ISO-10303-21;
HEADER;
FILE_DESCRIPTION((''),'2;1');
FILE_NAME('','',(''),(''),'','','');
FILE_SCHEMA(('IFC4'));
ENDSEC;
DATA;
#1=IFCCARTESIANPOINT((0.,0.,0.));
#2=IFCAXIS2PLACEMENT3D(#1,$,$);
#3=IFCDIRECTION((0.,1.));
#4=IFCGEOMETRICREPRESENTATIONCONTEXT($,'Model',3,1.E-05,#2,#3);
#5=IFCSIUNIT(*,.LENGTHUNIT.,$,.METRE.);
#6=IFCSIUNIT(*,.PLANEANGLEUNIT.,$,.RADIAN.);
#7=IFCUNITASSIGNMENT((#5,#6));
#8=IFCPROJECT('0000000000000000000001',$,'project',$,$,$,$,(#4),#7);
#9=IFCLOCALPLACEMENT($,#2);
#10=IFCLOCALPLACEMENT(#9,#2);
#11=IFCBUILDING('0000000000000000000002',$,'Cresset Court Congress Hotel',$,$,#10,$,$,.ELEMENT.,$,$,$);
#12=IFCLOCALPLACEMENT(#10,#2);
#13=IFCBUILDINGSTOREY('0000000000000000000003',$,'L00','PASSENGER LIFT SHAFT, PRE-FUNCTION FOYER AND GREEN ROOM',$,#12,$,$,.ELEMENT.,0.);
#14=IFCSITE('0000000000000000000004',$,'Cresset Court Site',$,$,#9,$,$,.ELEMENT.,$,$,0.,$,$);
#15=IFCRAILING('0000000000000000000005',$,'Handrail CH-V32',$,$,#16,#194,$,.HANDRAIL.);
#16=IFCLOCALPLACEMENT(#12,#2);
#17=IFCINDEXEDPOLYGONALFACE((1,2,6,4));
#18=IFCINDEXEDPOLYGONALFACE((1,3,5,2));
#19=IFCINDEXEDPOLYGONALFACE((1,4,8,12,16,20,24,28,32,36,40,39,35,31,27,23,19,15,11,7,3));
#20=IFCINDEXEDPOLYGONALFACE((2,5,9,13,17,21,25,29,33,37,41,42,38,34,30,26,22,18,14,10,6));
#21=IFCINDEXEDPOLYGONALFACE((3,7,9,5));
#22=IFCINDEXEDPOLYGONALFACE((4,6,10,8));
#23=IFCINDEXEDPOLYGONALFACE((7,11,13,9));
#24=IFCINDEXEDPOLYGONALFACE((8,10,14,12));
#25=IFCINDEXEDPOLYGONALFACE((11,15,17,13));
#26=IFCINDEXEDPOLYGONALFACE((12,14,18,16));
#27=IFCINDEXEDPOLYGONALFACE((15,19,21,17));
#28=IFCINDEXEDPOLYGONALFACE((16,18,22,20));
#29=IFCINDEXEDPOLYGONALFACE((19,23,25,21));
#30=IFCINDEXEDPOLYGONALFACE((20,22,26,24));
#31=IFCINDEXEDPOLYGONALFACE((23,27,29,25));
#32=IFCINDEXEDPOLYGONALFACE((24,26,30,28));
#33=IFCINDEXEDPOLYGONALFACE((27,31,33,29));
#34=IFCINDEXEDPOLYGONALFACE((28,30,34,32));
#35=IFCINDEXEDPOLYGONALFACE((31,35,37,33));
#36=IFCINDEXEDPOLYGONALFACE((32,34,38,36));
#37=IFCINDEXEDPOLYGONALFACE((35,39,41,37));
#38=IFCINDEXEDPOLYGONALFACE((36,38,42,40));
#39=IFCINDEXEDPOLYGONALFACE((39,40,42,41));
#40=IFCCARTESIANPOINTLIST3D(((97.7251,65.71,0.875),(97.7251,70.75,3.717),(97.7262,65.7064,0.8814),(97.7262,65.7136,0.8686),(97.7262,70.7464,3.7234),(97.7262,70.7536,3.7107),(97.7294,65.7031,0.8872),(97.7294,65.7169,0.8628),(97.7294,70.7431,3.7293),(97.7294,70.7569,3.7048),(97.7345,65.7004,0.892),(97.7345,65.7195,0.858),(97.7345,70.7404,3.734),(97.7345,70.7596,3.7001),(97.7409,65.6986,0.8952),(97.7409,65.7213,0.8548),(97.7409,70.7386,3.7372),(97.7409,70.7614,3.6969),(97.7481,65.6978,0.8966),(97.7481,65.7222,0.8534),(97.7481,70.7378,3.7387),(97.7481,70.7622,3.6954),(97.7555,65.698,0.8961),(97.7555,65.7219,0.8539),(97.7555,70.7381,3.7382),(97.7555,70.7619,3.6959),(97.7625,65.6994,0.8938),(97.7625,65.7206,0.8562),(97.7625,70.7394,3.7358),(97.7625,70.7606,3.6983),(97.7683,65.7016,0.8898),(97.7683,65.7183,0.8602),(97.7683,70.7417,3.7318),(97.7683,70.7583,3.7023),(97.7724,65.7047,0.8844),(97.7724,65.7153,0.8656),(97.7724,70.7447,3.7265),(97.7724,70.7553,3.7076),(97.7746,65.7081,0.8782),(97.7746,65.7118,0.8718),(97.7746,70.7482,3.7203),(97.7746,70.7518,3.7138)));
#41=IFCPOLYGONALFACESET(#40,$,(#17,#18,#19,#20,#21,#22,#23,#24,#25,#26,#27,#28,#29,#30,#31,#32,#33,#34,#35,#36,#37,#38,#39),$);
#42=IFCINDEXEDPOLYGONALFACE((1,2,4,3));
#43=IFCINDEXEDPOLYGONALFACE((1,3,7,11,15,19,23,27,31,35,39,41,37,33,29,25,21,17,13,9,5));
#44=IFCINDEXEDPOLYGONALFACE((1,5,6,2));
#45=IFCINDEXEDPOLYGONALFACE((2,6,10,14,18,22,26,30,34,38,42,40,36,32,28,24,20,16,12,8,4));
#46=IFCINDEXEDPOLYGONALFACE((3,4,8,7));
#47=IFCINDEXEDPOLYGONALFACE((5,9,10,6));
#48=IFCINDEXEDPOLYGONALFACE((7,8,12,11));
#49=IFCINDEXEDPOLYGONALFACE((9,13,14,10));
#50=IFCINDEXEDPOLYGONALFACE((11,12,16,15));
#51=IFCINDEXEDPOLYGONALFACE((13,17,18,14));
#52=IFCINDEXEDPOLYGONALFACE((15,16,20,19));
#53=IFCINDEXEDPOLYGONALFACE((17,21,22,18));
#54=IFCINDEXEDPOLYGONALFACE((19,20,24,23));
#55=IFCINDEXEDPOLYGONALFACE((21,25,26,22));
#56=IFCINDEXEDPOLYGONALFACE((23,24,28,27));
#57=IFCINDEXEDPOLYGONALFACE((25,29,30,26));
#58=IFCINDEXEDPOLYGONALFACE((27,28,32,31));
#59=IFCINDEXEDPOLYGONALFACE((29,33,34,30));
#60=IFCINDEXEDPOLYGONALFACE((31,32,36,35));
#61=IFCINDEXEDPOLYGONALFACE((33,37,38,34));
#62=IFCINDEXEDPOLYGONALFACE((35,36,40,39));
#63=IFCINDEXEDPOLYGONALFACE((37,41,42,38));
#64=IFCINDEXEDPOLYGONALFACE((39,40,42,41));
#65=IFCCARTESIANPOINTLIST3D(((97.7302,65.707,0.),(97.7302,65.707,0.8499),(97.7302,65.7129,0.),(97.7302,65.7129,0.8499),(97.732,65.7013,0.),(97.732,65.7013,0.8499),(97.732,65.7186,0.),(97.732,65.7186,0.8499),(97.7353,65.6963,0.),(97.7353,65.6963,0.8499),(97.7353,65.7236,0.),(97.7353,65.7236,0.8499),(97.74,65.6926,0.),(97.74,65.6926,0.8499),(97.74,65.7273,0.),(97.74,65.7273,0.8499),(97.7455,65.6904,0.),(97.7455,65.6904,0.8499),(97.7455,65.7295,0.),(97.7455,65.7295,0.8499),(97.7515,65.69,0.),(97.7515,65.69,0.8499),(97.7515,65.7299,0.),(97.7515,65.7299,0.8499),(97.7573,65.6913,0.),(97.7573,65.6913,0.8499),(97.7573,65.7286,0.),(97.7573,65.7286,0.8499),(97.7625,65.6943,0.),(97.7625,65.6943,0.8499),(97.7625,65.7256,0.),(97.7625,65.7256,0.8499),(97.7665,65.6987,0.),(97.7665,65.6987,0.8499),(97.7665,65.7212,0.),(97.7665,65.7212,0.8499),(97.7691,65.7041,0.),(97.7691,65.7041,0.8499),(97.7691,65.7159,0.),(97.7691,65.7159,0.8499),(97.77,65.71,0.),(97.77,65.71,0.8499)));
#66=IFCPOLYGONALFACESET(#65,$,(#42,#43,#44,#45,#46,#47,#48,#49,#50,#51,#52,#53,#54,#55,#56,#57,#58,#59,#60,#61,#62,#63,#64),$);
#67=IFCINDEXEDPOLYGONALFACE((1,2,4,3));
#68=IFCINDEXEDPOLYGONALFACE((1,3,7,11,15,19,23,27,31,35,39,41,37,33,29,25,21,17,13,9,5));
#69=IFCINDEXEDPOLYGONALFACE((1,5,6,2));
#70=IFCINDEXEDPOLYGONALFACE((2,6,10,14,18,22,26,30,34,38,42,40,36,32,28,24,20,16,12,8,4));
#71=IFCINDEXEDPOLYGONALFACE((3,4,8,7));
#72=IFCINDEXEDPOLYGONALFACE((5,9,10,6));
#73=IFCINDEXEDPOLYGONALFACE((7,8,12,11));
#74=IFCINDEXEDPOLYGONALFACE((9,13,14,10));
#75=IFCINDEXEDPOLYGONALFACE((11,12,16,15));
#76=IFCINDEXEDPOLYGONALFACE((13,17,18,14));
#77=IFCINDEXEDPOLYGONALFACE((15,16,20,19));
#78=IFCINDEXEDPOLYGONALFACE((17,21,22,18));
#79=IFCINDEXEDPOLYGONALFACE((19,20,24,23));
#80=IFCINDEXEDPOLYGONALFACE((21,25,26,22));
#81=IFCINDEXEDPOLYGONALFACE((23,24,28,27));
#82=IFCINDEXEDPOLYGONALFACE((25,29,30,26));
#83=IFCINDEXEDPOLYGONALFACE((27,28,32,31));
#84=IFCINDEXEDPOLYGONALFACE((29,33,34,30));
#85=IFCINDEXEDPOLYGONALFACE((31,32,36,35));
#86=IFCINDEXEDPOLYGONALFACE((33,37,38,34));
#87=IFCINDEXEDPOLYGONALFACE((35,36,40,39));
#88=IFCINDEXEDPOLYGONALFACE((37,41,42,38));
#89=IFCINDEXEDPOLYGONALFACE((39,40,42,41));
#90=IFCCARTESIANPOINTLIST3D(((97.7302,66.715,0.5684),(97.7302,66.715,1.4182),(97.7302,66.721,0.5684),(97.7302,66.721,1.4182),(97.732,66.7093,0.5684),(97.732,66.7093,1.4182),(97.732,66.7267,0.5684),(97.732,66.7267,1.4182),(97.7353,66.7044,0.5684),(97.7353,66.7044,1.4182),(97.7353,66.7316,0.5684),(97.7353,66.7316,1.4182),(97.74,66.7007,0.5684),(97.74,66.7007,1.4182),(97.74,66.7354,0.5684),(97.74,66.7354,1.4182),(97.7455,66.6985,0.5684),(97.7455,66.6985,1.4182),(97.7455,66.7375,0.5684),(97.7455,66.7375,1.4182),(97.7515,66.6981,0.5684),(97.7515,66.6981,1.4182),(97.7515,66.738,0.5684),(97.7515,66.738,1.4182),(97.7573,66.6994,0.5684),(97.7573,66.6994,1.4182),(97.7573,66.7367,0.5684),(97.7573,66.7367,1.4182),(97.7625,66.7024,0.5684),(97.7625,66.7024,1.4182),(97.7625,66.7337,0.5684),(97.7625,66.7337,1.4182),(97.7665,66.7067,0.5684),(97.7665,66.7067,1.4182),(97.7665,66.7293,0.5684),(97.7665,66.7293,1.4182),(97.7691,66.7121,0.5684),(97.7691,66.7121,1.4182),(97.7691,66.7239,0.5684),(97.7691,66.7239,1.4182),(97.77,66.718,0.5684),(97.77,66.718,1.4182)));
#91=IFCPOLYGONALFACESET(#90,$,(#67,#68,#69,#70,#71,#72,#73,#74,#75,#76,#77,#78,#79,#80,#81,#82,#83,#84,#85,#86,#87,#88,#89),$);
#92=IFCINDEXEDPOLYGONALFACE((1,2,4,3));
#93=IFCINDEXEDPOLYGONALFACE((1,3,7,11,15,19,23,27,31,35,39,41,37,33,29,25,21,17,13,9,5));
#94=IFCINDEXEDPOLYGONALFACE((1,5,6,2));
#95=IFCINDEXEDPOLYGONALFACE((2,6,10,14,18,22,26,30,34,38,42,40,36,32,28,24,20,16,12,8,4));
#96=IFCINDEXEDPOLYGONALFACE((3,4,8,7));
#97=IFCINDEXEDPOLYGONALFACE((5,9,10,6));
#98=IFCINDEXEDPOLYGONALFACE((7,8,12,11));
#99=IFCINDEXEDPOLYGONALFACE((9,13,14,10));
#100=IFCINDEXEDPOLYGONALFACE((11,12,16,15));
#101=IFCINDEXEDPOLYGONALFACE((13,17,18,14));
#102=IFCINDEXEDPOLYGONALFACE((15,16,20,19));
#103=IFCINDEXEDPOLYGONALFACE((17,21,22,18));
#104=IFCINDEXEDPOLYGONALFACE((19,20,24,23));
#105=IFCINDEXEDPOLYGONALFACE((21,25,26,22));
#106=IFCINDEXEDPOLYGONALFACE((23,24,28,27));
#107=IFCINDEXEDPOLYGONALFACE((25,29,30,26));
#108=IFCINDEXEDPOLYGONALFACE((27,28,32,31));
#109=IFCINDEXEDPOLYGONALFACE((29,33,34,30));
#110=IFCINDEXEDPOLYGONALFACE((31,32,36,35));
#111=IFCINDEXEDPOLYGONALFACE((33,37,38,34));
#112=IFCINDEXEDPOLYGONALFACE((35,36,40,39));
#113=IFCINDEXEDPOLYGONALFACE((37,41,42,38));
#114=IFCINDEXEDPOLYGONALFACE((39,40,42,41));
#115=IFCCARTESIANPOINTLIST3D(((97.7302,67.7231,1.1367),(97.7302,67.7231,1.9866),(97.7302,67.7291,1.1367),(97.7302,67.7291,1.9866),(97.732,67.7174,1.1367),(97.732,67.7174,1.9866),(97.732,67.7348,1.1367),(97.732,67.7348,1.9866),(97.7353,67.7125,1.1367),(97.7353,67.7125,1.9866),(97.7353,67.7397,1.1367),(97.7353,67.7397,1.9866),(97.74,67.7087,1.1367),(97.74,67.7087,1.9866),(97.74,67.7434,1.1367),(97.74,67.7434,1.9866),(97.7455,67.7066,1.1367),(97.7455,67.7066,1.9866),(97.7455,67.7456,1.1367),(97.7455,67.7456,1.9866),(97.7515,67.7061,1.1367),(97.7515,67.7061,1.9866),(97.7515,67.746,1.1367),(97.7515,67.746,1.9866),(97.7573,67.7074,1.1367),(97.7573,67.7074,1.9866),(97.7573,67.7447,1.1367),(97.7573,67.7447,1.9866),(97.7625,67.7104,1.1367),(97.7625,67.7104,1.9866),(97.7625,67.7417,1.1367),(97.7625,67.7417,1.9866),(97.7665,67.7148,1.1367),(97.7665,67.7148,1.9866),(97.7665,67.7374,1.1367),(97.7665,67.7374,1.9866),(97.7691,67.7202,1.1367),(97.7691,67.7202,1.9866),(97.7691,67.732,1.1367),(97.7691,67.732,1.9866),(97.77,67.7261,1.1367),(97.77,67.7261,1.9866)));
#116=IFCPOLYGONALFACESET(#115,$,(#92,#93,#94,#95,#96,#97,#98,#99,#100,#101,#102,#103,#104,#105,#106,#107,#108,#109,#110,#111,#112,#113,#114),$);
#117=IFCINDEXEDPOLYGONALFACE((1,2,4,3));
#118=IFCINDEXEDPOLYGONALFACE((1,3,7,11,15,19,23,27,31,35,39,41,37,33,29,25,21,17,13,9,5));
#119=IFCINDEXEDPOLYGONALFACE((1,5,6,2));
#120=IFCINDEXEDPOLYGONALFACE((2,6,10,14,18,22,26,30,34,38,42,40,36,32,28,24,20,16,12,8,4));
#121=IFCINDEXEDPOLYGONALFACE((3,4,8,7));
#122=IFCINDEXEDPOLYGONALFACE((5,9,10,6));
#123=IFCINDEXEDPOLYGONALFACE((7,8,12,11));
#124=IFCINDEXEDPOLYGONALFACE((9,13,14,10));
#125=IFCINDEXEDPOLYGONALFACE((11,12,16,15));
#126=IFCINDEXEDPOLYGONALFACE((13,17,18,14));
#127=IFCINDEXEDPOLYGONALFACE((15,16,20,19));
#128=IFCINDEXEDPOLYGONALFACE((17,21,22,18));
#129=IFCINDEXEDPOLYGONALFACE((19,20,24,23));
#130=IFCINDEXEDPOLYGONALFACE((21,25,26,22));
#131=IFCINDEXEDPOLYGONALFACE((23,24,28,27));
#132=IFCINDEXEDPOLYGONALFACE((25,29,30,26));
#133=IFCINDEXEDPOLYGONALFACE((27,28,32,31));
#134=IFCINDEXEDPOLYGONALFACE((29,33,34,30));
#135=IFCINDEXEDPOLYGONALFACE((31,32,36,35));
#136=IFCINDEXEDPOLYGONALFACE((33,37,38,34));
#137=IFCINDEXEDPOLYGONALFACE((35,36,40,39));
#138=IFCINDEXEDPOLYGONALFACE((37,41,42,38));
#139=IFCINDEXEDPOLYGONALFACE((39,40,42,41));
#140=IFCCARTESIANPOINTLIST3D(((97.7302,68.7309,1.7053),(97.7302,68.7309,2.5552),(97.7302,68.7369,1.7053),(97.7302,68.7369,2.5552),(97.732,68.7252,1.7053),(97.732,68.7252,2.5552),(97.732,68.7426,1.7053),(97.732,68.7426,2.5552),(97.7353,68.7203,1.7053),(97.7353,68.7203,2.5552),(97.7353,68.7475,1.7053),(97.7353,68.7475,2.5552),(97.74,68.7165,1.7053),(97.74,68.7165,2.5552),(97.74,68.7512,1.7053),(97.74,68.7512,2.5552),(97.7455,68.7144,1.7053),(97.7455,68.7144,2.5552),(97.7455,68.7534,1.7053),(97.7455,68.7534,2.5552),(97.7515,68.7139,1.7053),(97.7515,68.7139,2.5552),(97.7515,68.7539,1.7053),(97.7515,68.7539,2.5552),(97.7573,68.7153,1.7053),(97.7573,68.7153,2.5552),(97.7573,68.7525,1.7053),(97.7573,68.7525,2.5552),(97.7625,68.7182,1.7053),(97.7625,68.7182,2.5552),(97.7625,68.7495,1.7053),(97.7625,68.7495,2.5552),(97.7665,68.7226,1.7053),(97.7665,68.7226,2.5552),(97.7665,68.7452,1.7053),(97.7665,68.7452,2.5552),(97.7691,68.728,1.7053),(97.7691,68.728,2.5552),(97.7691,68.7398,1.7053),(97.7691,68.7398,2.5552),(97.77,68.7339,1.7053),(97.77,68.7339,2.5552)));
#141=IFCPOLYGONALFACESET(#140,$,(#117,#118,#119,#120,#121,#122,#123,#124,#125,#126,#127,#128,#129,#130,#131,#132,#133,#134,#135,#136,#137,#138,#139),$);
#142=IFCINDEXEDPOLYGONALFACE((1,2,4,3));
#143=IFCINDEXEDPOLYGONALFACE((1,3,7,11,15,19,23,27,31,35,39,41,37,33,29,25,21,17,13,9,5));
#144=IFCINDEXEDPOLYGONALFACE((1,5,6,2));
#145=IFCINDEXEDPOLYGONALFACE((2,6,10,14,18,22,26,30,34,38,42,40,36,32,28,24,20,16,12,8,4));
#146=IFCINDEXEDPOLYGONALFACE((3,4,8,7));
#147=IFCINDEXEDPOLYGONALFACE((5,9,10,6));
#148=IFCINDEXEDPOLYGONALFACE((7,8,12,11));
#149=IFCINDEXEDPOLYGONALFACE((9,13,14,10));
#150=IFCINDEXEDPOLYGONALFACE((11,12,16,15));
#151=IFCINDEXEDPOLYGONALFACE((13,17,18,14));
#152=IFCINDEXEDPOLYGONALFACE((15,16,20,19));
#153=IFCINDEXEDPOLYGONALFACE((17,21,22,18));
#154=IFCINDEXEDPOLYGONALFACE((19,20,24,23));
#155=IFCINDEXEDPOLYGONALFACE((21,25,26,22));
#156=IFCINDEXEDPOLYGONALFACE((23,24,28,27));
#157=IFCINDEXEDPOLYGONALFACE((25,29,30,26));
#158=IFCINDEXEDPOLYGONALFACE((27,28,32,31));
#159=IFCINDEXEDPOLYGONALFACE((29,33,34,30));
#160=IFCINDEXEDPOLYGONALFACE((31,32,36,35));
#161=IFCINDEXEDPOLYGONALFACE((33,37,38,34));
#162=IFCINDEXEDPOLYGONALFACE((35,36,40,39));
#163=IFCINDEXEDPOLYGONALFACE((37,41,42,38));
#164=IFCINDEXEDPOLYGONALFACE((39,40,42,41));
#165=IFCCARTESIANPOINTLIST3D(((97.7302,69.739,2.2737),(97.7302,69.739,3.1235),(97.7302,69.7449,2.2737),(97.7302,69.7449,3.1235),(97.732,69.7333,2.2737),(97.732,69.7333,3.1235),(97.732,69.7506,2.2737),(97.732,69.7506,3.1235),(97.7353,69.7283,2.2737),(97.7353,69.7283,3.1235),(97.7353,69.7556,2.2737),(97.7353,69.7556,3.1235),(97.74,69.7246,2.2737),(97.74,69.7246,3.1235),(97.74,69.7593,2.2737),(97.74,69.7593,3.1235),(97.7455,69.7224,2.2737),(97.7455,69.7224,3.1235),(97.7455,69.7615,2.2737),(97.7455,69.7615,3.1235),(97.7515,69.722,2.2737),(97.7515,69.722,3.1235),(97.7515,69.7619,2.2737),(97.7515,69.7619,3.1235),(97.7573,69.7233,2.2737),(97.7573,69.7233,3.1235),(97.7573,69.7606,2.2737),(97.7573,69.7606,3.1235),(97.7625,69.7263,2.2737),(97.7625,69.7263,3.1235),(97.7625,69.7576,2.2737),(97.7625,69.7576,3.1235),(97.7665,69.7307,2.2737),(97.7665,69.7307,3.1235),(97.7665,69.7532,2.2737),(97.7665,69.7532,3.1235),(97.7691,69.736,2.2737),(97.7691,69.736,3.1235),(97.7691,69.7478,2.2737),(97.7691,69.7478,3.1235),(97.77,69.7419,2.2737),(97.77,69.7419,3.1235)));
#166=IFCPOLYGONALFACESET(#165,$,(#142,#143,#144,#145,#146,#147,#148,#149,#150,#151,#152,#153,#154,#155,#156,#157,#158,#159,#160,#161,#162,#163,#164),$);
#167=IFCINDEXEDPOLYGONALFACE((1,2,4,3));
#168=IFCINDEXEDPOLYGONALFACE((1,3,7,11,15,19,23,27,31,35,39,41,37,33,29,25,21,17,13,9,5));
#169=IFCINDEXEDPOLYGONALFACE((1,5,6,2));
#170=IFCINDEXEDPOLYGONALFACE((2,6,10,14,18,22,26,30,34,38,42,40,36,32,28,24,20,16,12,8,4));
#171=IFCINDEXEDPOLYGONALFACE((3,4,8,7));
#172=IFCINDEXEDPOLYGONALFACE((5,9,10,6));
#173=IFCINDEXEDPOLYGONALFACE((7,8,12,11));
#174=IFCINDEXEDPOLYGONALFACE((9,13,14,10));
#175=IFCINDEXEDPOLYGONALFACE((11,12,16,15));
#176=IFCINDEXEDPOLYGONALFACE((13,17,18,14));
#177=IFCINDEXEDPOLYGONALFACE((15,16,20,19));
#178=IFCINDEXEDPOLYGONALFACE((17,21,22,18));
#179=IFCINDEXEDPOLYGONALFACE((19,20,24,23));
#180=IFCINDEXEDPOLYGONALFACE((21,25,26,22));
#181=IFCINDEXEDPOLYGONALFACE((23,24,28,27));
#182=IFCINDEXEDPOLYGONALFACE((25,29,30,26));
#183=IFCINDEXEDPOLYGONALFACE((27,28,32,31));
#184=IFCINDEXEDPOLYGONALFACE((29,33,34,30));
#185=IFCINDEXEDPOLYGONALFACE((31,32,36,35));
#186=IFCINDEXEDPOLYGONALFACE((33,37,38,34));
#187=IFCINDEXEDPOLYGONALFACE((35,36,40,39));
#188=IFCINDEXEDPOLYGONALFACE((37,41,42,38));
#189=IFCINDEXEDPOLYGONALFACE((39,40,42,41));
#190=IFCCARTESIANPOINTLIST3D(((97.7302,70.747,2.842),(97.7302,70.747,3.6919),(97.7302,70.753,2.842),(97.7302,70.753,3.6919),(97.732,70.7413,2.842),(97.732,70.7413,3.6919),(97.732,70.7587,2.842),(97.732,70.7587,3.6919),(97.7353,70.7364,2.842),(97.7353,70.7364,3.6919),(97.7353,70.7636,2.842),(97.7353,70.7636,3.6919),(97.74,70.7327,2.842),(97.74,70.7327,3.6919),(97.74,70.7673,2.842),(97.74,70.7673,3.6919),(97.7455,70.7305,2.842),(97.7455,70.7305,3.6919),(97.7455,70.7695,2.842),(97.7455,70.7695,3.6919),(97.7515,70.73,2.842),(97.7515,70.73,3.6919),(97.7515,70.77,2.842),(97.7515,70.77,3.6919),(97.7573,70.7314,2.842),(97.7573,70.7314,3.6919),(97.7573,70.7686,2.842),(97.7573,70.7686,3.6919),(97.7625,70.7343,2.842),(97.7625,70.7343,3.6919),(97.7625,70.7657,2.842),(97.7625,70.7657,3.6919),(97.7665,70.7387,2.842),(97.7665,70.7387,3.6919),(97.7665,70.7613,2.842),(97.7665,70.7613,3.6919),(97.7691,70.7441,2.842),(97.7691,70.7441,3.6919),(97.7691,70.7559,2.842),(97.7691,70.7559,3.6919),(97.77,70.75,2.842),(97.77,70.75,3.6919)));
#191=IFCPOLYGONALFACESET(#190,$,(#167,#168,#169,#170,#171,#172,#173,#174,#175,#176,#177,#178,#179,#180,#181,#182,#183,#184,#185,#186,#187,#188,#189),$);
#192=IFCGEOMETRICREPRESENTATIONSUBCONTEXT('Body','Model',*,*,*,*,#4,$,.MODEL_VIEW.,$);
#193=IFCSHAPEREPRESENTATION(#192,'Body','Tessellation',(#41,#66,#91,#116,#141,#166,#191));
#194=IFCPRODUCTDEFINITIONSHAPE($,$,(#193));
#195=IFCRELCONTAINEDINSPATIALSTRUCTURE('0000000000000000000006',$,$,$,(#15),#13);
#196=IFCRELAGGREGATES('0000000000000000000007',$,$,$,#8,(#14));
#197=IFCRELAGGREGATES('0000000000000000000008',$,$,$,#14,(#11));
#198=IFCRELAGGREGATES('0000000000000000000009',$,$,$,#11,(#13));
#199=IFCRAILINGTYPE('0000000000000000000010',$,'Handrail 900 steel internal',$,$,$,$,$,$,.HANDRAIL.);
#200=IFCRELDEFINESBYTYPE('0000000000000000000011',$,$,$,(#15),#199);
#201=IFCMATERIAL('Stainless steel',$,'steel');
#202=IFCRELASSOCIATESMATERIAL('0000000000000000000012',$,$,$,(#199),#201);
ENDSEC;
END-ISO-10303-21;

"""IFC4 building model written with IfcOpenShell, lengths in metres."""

from ifc_helpers import new_model, si_unit, direction, frame, origin, origin_2d, place, context, subcontext, project, spatial, circle, extrude, material, type_object, element, save


model = new_model("IFC4")

# Units and contexts
model_context = context("Model", 3, precision=1e-05, world=origin(), true_north=direction((0.0, 1.0)))
body_context = subcontext(model_context, "Body", "Model", "MODEL_VIEW")
ifc_project = project(units=[si_unit("LENGTHUNIT", "METRE"), si_unit("PLANEANGLEUNIT", "RADIAN")], contexts=[model_context])

# Site, building, storey
site_placement = place(None, origin())
site = spatial("IfcSite", under=ifc_project, at=site_placement, Name="Cresset Court Site", CompositionType="ELEMENT", RefElevation=0.0)
building_placement = place(site_placement, origin())
building = spatial("IfcBuilding", under=site, at=building_placement, Name="Cresset Court Congress Hotel", CompositionType="ELEMENT")
storey_placement = place(building_placement, origin())
storey = spatial("IfcBuildingStorey", under=building, at=storey_placement, Name="L00", Description="PASSENGER LIFT SHAFT, PRE-FUNCTION FOYER AND GREEN ROOM", CompositionType="ELEMENT", Elevation=0.0)

# Railing
ifc_material_1 = material(Name="Stainless steel", Category="steel")
railing_type_1 = type_object("IfcRailingType", Name="Handrail 900 steel internal", PredefinedType="HANDRAIL", material=ifc_material_1)
for number, where, name in (
    (1, (97.75, 65.71, 0.0), "Handrail CH-V32"),
):
    element("IfcRailing", number, at=place(storey_placement, frame(where)), inside=storey, type_object=railing_type_1, Name=name, PredefinedType="HANDRAIL", context=body_context, shape_type="SweptSolid", body=[
        extrude(circle(Radius=0.0249, at=origin_2d()), frame((0.0, 0.0, 0.875), z_axis=(0.0, 0.871057, 0.491182), x_axis=(-1.0, 0.0, 0.0)), (0.0, 0.0, 1.0), 5.7861),
        extrude(circle(Radius=0.02, at=origin_2d()), origin(), (0.0, 0.0, 1.0), 0.8499),
        extrude(circle(Radius=0.02, at=origin_2d()), frame((0.0, 1.0081, 0.5684)), (0.0, 0.0, 1.0), 0.8499),
        extrude(circle(Radius=0.02, at=origin_2d()), frame((0.0, 2.0161, 1.1367)), (0.0, 0.0, 1.0), 0.8499),
        extrude(circle(Radius=0.02, at=origin_2d()), frame((0.0, 3.0239, 1.7053)), (0.0, 0.0, 1.0), 0.8499),
        extrude(circle(Radius=0.02, at=origin_2d()), frame((0.0, 4.032, 2.2737)), (0.0, 0.0, 1.0), 0.8499),
        extrude(circle(Radius=0.02, at=origin_2d()), frame((0.0, 5.04, 2.842)), (0.0, 0.0, 1.0), 0.8499),
    ])

save(model, "model.ifc")
